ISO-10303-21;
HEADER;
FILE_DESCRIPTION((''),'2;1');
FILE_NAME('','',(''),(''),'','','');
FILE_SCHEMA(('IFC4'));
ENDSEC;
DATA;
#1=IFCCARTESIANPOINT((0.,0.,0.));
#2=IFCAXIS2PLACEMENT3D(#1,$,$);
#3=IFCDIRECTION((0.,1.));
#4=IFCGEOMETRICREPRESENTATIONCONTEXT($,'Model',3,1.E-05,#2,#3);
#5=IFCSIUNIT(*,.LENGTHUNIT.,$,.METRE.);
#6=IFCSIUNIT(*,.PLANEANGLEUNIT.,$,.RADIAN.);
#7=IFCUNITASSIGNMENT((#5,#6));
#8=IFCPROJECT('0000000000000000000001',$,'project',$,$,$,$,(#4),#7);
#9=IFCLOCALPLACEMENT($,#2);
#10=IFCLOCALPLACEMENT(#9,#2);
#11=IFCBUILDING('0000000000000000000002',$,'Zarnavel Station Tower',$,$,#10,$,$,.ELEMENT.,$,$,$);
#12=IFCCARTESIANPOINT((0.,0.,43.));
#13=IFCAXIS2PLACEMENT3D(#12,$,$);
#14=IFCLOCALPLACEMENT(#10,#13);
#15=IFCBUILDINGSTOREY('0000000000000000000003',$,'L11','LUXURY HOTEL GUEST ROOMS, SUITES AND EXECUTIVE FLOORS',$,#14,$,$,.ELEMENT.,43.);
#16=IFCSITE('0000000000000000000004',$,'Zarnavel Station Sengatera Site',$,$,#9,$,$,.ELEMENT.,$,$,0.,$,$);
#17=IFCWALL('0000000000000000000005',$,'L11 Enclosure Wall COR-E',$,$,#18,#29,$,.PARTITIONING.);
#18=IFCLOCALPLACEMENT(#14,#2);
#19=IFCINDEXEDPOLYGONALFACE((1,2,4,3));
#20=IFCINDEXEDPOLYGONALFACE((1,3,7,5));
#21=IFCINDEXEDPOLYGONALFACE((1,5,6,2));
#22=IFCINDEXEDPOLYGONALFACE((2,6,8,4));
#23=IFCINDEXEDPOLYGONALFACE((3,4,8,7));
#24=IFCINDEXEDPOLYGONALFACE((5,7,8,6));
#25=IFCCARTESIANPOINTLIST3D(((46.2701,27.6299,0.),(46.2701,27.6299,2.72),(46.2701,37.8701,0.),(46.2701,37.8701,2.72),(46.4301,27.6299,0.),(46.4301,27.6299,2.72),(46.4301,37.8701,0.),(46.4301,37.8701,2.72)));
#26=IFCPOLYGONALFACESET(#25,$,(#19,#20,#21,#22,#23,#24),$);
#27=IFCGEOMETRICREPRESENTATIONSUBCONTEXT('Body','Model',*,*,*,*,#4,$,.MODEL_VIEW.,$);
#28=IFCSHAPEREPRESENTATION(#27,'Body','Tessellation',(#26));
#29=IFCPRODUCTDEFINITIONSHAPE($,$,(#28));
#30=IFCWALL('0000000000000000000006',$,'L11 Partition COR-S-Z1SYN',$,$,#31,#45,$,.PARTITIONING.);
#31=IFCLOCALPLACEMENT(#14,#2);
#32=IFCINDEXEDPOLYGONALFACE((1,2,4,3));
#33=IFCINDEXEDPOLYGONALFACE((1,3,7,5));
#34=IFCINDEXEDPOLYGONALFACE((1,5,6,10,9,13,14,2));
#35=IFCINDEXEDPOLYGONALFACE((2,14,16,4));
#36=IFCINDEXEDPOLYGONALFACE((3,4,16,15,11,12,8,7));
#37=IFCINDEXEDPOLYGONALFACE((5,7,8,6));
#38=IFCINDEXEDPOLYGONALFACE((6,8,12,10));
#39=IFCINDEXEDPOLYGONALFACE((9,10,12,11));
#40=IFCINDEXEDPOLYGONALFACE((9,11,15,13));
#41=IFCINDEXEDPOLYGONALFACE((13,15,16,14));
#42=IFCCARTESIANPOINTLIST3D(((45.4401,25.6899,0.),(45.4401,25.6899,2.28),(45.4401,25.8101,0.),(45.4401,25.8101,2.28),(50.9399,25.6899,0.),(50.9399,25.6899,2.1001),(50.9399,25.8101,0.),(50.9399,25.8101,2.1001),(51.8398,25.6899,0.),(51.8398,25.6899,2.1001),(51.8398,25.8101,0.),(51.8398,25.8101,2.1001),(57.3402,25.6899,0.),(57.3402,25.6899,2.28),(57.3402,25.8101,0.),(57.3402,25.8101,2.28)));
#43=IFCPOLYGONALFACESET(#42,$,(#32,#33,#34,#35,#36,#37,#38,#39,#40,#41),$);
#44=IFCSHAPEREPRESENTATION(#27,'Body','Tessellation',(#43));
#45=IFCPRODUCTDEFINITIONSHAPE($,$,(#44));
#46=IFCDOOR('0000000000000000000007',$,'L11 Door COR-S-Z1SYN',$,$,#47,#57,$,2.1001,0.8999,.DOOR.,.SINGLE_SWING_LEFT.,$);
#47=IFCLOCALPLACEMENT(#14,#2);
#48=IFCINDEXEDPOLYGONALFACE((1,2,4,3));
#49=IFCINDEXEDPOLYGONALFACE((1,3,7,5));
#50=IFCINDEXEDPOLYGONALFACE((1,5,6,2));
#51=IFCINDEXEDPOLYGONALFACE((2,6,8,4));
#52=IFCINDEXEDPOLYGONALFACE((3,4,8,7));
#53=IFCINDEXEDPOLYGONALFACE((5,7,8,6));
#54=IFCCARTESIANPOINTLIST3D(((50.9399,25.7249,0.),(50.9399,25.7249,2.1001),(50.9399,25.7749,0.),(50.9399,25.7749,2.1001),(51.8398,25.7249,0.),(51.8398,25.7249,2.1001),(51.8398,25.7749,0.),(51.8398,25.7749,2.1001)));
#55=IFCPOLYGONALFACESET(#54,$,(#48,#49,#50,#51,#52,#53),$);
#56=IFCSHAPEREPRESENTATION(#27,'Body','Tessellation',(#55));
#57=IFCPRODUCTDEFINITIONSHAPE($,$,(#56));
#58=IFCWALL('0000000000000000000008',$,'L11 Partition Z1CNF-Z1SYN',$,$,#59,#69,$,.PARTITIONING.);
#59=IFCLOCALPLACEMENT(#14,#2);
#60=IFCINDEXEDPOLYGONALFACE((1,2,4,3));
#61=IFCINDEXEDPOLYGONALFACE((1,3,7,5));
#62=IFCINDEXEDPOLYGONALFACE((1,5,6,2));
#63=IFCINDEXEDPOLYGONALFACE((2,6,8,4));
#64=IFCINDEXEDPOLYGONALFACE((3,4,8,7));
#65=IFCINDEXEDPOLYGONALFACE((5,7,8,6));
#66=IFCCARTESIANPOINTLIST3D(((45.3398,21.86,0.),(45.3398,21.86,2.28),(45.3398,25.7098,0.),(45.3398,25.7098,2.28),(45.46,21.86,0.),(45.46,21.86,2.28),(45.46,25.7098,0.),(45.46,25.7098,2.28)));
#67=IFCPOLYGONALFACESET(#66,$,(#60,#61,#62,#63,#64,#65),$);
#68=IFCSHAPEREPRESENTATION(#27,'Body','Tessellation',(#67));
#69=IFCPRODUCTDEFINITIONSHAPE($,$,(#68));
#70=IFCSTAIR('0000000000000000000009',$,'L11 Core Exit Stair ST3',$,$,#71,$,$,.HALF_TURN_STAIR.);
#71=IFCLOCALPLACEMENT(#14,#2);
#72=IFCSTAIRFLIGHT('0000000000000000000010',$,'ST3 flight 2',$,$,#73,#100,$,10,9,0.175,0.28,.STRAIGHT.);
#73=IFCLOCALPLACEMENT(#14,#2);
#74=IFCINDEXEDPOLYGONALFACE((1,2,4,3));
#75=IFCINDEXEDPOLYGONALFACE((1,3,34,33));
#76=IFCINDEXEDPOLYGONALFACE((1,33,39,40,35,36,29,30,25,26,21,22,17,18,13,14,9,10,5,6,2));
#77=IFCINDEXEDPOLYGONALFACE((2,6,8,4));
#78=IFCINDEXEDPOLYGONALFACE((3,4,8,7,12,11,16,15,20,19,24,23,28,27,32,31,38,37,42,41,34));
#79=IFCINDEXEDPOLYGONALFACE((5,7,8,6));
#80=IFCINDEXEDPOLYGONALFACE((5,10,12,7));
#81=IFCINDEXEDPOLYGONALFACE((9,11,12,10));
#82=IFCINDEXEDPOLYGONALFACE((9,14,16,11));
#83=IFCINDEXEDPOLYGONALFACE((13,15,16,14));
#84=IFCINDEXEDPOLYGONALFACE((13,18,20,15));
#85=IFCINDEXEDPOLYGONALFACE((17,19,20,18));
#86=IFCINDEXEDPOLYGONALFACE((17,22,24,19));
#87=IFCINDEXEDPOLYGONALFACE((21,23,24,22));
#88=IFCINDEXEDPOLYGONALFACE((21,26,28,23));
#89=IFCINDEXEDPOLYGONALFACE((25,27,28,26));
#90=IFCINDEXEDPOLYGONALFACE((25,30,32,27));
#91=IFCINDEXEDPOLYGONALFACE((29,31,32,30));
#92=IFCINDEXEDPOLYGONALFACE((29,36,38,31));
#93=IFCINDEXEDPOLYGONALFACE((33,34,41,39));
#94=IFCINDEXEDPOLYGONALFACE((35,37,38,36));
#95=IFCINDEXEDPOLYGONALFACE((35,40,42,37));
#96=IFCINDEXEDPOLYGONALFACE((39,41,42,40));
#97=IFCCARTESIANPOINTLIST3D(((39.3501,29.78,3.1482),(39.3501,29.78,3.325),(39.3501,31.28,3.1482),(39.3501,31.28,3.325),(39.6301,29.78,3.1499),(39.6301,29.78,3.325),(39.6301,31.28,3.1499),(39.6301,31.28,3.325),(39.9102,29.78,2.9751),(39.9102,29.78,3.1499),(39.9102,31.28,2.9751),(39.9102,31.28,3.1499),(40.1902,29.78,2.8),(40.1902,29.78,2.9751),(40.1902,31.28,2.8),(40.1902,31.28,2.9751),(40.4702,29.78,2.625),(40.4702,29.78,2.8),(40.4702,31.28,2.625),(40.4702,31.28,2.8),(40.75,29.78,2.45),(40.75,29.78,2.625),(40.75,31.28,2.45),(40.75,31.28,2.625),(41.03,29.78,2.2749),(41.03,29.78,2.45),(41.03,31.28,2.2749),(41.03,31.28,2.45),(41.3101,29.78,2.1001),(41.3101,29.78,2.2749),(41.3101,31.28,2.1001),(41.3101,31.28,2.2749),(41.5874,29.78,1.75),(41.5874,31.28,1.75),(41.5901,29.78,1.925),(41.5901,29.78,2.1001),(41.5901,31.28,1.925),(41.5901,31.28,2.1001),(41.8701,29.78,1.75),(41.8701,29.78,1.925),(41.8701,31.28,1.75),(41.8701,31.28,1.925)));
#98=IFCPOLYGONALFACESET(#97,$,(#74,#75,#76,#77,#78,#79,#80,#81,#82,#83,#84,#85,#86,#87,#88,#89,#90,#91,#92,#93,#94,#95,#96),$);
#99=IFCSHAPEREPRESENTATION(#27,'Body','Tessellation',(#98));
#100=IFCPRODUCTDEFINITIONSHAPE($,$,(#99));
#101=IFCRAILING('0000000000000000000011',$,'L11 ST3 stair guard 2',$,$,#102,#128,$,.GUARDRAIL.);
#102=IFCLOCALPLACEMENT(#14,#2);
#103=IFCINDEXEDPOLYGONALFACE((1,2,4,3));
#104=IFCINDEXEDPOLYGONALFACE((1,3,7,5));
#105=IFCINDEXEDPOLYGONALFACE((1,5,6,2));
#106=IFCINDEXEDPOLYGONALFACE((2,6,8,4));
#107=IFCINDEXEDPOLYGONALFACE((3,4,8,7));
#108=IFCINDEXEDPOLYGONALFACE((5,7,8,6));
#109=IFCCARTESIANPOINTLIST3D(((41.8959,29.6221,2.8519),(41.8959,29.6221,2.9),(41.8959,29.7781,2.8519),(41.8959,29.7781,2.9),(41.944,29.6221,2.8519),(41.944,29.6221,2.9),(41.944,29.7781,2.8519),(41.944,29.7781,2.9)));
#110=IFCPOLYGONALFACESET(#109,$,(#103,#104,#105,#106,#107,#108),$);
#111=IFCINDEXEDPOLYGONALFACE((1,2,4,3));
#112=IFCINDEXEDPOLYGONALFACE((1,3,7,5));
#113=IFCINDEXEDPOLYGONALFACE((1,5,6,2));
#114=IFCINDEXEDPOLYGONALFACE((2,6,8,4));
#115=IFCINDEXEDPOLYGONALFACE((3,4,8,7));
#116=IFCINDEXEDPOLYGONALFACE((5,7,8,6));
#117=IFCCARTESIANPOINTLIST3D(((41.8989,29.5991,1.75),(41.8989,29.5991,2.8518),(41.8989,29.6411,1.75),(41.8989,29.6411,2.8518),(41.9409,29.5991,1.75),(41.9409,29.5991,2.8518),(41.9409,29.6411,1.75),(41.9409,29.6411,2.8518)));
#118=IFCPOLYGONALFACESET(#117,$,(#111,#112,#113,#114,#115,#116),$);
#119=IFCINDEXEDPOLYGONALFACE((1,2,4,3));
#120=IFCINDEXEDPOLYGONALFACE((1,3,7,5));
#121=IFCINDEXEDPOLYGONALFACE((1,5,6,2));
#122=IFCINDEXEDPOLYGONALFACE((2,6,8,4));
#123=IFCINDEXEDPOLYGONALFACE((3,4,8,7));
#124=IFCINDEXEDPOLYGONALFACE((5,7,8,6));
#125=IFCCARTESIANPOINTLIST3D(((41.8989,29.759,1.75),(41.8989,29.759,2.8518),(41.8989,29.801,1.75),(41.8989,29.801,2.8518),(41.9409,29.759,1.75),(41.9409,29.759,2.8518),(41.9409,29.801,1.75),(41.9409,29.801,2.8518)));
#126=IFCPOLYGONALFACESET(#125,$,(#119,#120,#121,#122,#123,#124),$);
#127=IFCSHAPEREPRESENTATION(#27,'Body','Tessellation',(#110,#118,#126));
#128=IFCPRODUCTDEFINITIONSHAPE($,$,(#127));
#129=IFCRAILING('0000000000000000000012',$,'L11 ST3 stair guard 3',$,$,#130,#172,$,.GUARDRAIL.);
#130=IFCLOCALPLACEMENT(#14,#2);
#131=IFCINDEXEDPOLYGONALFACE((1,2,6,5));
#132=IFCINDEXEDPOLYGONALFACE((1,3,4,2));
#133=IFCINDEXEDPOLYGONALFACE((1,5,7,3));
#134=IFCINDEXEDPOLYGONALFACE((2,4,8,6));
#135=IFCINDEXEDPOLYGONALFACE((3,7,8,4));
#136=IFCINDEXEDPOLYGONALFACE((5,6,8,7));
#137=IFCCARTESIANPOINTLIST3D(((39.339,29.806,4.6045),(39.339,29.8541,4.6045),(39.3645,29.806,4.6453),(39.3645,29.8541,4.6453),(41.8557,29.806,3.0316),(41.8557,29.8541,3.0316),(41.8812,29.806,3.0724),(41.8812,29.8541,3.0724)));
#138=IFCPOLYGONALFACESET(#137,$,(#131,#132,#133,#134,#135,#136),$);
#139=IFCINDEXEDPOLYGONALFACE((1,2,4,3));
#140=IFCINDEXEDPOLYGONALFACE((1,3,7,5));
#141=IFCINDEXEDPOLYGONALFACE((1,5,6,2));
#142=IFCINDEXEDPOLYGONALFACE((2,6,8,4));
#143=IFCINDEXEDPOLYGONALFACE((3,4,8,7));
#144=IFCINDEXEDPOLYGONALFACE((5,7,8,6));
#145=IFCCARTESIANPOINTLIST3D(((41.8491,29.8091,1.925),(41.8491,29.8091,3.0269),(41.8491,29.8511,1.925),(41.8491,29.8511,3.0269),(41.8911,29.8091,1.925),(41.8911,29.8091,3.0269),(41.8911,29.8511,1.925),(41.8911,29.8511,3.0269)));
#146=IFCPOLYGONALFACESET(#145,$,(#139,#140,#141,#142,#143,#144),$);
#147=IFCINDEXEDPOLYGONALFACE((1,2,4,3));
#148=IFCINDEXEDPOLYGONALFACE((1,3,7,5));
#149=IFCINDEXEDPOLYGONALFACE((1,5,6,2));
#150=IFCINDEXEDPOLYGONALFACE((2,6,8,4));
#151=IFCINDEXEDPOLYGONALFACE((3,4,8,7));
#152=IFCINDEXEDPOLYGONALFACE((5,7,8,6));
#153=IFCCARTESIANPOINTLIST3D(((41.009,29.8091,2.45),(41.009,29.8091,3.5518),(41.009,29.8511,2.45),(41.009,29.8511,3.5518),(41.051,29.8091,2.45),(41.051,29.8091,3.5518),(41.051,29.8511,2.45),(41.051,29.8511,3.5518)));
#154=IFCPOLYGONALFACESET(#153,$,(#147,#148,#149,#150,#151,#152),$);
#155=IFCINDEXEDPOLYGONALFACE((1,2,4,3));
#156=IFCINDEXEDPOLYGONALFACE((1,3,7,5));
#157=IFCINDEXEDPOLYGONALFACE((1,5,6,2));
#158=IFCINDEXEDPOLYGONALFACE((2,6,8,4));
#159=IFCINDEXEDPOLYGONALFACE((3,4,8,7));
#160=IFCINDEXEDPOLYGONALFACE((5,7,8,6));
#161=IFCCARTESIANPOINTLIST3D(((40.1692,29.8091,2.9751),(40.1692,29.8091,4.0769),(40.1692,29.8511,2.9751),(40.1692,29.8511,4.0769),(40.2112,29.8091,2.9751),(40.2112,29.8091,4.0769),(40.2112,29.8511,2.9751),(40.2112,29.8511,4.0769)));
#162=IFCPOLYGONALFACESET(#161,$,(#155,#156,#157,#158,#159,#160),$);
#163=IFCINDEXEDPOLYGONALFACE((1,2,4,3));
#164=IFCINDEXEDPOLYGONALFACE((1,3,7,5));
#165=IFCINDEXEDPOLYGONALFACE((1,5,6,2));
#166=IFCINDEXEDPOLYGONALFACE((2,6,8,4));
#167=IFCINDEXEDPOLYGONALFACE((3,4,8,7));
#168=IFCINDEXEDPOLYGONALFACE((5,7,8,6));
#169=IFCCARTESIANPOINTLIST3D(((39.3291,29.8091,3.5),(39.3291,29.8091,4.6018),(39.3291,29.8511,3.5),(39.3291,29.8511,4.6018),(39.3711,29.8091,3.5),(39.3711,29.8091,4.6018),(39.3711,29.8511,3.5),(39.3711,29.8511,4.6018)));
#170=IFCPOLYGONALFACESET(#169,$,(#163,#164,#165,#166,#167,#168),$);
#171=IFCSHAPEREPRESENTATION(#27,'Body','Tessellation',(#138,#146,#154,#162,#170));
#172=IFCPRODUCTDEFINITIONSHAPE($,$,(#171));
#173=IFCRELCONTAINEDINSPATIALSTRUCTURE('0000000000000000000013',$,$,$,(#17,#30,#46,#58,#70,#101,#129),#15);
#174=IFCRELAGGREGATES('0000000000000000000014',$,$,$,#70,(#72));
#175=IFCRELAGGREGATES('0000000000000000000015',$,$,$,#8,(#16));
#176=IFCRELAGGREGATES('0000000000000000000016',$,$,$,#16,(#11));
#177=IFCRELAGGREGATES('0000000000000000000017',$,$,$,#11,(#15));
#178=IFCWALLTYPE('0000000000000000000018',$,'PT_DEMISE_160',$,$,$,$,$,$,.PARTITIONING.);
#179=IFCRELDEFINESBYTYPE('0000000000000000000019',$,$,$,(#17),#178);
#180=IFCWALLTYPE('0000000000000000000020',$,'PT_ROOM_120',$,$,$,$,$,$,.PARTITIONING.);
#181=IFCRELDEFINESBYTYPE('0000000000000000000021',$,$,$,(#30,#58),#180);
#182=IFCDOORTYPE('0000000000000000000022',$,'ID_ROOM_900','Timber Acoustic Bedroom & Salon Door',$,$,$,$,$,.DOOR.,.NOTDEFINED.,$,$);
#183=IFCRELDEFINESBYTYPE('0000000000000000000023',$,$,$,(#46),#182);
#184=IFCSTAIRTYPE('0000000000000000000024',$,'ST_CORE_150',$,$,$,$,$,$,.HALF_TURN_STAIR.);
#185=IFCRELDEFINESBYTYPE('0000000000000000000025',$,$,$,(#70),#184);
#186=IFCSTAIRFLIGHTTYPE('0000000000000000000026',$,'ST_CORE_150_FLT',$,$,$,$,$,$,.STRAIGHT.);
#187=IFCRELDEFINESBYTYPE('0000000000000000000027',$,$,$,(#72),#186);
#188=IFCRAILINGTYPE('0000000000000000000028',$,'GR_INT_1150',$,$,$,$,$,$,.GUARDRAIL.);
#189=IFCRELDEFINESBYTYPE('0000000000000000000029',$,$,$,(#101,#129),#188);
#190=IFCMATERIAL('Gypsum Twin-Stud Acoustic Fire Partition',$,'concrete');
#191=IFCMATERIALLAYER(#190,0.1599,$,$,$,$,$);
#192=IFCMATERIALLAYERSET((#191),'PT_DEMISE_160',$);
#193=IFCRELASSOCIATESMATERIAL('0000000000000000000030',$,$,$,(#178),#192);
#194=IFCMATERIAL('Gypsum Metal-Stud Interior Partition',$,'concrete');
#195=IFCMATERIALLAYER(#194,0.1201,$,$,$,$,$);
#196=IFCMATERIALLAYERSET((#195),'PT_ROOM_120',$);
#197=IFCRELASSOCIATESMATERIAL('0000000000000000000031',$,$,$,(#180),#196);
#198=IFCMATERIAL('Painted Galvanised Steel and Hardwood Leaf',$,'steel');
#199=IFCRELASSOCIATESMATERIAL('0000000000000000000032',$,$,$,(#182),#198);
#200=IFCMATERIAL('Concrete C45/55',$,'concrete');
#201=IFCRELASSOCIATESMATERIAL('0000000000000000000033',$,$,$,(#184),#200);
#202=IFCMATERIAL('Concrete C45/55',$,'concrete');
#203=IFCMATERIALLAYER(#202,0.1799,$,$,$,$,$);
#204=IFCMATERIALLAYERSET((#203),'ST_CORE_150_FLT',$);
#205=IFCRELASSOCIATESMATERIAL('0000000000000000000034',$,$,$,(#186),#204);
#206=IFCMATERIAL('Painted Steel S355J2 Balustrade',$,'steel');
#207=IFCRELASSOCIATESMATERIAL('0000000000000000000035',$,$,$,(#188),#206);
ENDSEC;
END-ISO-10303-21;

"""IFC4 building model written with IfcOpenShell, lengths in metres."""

from ifc_helpers import new_model, si_unit, direction, frame, frame_2d, origin, origin_2d, place, context, subcontext, project, spatial, polyline, rectangle, outline, extrude, material, layer, layer_set, type_object, element, fill, aggregate, save


model = new_model("IFC4")

# Units and contexts
model_context = context("Model", 3, precision=1e-05, world=origin(), true_north=direction((0.0, 1.0)))
body_context = subcontext(model_context, "Body", "Model", "MODEL_VIEW")
ifc_project = project(units=[si_unit("LENGTHUNIT", "METRE"), si_unit("PLANEANGLEUNIT", "RADIAN")], contexts=[model_context])

# Site, building, storey
site_placement = place(None, origin())
site = spatial("IfcSite", under=ifc_project, at=site_placement, Name="Zarnavel Station Sengatera Site", CompositionType="ELEMENT", RefElevation=0.0)
building_placement = place(site_placement, origin())
building = spatial("IfcBuilding", under=site, at=building_placement, Name="Zarnavel Station Tower", CompositionType="ELEMENT")
storey_placement = place(building_placement, frame((0.0, 0.0, 43.0)))
storey = spatial("IfcBuildingStorey", under=building, at=storey_placement, Name="L11", Description="LUXURY HOTEL GUEST ROOMS, SUITES AND EXECUTIVE FLOORS", CompositionType="ELEMENT", Elevation=43.0)

# Wall
ifc_material_1 = material(Name="Gypsum Twin-Stud Acoustic Fire Partition", Category="concrete")
ifc_layer_1 = layer(ifc_material_1, 0.1599)
ifc_layer_set_1 = layer_set([ifc_layer_1], Name="PT_DEMISE_160")
wall_type_1 = type_object("IfcWallType", Name="PT_DEMISE_160", PredefinedType="PARTITIONING", material=ifc_layer_set_1)
wall_1_placement = place(storey_placement, frame((46.3501, 27.6299, 0.0), z_axis=(0.0, 0.0, 1.0), x_axis=(0.0, 1.0, 0.0)))
element("IfcWall", 1, at=wall_1_placement, inside=storey, type_object=wall_type_1, Name="L11 Enclosure Wall COR-E", PredefinedType="PARTITIONING", context=body_context, shape_type="SweptSolid", body=[
    extrude(rectangle(XDim=10.2402, YDim=0.1599, at=frame_2d((5.1201, 0.0))), origin(), (0.0, 0.0, 1.0), 2.72),
])

# Wall, opening, door
ifc_material_2 = material(Name="Gypsum Metal-Stud Interior Partition", Category="concrete")
ifc_layer_2 = layer(ifc_material_2, 0.1201)
ifc_layer_set_2 = layer_set([ifc_layer_2], Name="PT_ROOM_120")
wall_type_2 = type_object("IfcWallType", Name="PT_ROOM_120", PredefinedType="PARTITIONING", material=ifc_layer_set_2)
wall_2_placement = place(storey_placement, frame((45.4399, 25.75, 0.0), z_axis=(0.0, 0.0, 1.0), x_axis=(1.0, 0.0, 0.0)))
wall_2 = element("IfcWall", 2, at=wall_2_placement, inside=storey, type_object=wall_type_2, Name="L11 Partition COR-S-Z1SYN", PredefinedType="PARTITIONING", context=body_context, shape_type="SweptSolid", body=[
    extrude(rectangle(XDim=11.9001, YDim=0.1201, at=frame_2d((5.9502, 0.0))), origin(), (0.0, 0.0, 1.0), 2.28),
])
opening_1_placement = place(wall_2_placement, frame((5.5, 0.0, 0.0)))
opening_1 = element("IfcOpeningElement", 3, at=opening_1_placement, cuts=wall_2, PredefinedType="OPENING", context=body_context, shape_type="SweptSolid", body=[
    extrude(rectangle(XDim=0.8999, YDim=2.1001, at=frame_2d((0.45, 1.05))), frame((0.0, 0.0701, 0.0), z_axis=(0.0, -1.0, 0.0), x_axis=(1.0, 0.0, 0.0)), (0.0, 0.0, 1.0), 0.1401),
])
ifc_material_3 = material(Name="Painted Galvanised Steel and Hardwood Leaf", Category="steel")
door_type_1 = type_object("IfcDoorType", Name="ID_ROOM_900", Description="Timber Acoustic Bedroom & Salon Door", OperationType="NOTDEFINED", PredefinedType="DOOR", material=ifc_material_3)
door_1_placement = place(opening_1_placement, origin())
door_1 = element("IfcDoor", 4, at=door_1_placement, inside=storey, type_object=door_type_1, Name="L11 Door COR-S-Z1SYN", OperationType="SINGLE_SWING_LEFT", OverallHeight=2.1001, OverallWidth=0.8999, PredefinedType="DOOR", context=body_context, shape_type="SweptSolid", body=[
    extrude(rectangle(XDim=0.8999, YDim=2.1001, at=frame_2d((0.45, 1.05))), frame((0.0, 0.0249, 0.0), z_axis=(0.0, -1.0, 0.0), x_axis=(1.0, 0.0, 0.0)), (0.0, 0.0, 1.0), 0.05),
])
fill(opening_1, door_1)

# Wall
wall_3_placement = place(storey_placement, frame((45.3999, 21.8601, 0.0), z_axis=(0.0, 0.0, 1.0), x_axis=(0.0, 1.0, 0.0)))
element("IfcWall", 5, at=wall_3_placement, inside=storey, type_object=wall_type_2, Name="L11 Partition Z1CNF-Z1SYN", PredefinedType="PARTITIONING", context=body_context, shape_type="SweptSolid", body=[
    extrude(rectangle(XDim=3.8499, YDim=0.1201, at=frame_2d((1.9248, 0.0))), origin(), (0.0, 0.0, 1.0), 2.28),
])

# Stair, stair flight
ifc_material_4 = material(Name="Concrete C45/55", Category="concrete")
stair_type = type_object("IfcStairType", Name="ST_CORE_150", PredefinedType="HALF_TURN_STAIR", material=ifc_material_4)
stair_placement = place(storey_placement, origin())
stair = element("IfcStair", 6, at=stair_placement, inside=storey, type_object=stair_type, Name="L11 Core Exit Stair ST3", PredefinedType="HALF_TURN_STAIR")
ifc_material_5 = material(Name="Concrete C45/55", Category="concrete")
ifc_layer_3 = layer(ifc_material_5, 0.1799)
ifc_layer_set_3 = layer_set([ifc_layer_3], Name="ST_CORE_150_FLT")
stair_flight_type = type_object("IfcStairFlightType", Name="ST_CORE_150_FLT", PredefinedType="STRAIGHT", material=ifc_layer_set_3)
stair_flight_placement = place(storey_placement, frame((41.8701, 30.53, 1.75), z_axis=(0.0, 0.0, 1.0), x_axis=(-1.0, 0.0, 0.0)))
stair_flight = element("IfcStairFlight", 7, at=stair_flight_placement, type_object=stair_flight_type, Name="ST3 flight 2", NumberOfRisers=10, NumberOfTreads=9, PredefinedType="STRAIGHT", RiserHeight=0.175, TreadLength=0.28, context=body_context, shape_type="SweptSolid", body=[
    extrude(outline(polyline([(0.0, 0.0), (0.0, 0.175), (0.28, 0.175), (0.28, 0.3501), (0.5601, 0.3501), (0.5601, 0.5249), (0.8401, 0.5249), (0.8401, 0.7), (1.1201, 0.7), (1.1201, 0.875), (1.3999, 0.875), (1.3999, 1.05), (1.6799, 1.05), (1.6799, 1.2251), (1.96, 1.2251), (1.96, 1.3999), (2.24, 1.3999), (2.24, 1.575), (2.52, 1.575), (2.52, 1.75), (2.52, 1.3982), (0.2827, 0.0), (0.0, 0.0)])), frame((0.0, 0.75, 0.0), z_axis=(0.0, -1.0, 0.0), x_axis=(1.0, 0.0, 0.0)), (0.0, 0.0, 1.0), 1.5),
])
aggregate(stair, [stair_flight])

# Railings
ifc_material_6 = material(Name="Painted Steel S355J2 Balustrade", Category="steel")
railing_type_1 = type_object("IfcRailingType", Name="GR_INT_1150", PredefinedType="GUARDRAIL", material=ifc_material_6)
railing_1_placement = place(storey_placement, frame((41.9199, 29.6201, 1.75)))
element("IfcRailing", 8, at=railing_1_placement, inside=storey, type_object=railing_type_1, Name="L11 ST3 stair guard 2", PredefinedType="GUARDRAIL", context=body_context, shape_type="SweptSolid", body=[
    extrude(rectangle(XDim=0.0481, YDim=0.0481, at=origin_2d()), frame((0.0, 0.002, 1.126), z_axis=(0.0, 1.0, 0.0), x_axis=(-1.0, 0.0, 0.0)), (0.0, 0.0, 1.0), 0.156),
    extrude(rectangle(XDim=0.042, YDim=0.042, at=origin_2d()), origin(), (0.0, 0.0, 1.0), 1.1018),
    extrude(rectangle(XDim=0.042, YDim=0.042, at=origin_2d()), frame((0.0, 0.1599, 0.0)), (0.0, 0.0, 1.0), 1.1018),
])
railing_2_placement = place(storey_placement, frame((41.8701, 29.8301, 1.925)))
element("IfcRailing", 9, at=railing_2_placement, inside=storey, type_object=railing_type_1, Name="L11 ST3 stair guard 3", PredefinedType="GUARDRAIL", context=body_context, shape_type="SweptSolid", body=[
    extrude(rectangle(XDim=0.0481, YDim=0.0481, at=origin_2d()), frame((-0.0017, 0.0, 1.127), z_axis=(-0.848008, 0.0, 0.529984), x_axis=(0.0, -1.0, 0.0)), (0.0, 0.0, 1.0), 2.9678),
    extrude(rectangle(XDim=0.042, YDim=0.042, at=origin_2d()), origin(), (0.0, 0.0, 1.0), 1.1018),
    extrude(rectangle(XDim=0.042, YDim=0.042, at=origin_2d()), frame((-0.8401, 0.0, 0.5249)), (0.0, 0.0, 1.0), 1.1018),
    extrude(rectangle(XDim=0.042, YDim=0.042, at=origin_2d()), frame((-1.6799, 0.0, 1.05)), (0.0, 0.0, 1.0), 1.1018),
    extrude(rectangle(XDim=0.042, YDim=0.042, at=origin_2d()), frame((-2.52, 0.0, 1.575)), (0.0, 0.0, 1.0), 1.1018),
])

save(model, "model.ifc")
